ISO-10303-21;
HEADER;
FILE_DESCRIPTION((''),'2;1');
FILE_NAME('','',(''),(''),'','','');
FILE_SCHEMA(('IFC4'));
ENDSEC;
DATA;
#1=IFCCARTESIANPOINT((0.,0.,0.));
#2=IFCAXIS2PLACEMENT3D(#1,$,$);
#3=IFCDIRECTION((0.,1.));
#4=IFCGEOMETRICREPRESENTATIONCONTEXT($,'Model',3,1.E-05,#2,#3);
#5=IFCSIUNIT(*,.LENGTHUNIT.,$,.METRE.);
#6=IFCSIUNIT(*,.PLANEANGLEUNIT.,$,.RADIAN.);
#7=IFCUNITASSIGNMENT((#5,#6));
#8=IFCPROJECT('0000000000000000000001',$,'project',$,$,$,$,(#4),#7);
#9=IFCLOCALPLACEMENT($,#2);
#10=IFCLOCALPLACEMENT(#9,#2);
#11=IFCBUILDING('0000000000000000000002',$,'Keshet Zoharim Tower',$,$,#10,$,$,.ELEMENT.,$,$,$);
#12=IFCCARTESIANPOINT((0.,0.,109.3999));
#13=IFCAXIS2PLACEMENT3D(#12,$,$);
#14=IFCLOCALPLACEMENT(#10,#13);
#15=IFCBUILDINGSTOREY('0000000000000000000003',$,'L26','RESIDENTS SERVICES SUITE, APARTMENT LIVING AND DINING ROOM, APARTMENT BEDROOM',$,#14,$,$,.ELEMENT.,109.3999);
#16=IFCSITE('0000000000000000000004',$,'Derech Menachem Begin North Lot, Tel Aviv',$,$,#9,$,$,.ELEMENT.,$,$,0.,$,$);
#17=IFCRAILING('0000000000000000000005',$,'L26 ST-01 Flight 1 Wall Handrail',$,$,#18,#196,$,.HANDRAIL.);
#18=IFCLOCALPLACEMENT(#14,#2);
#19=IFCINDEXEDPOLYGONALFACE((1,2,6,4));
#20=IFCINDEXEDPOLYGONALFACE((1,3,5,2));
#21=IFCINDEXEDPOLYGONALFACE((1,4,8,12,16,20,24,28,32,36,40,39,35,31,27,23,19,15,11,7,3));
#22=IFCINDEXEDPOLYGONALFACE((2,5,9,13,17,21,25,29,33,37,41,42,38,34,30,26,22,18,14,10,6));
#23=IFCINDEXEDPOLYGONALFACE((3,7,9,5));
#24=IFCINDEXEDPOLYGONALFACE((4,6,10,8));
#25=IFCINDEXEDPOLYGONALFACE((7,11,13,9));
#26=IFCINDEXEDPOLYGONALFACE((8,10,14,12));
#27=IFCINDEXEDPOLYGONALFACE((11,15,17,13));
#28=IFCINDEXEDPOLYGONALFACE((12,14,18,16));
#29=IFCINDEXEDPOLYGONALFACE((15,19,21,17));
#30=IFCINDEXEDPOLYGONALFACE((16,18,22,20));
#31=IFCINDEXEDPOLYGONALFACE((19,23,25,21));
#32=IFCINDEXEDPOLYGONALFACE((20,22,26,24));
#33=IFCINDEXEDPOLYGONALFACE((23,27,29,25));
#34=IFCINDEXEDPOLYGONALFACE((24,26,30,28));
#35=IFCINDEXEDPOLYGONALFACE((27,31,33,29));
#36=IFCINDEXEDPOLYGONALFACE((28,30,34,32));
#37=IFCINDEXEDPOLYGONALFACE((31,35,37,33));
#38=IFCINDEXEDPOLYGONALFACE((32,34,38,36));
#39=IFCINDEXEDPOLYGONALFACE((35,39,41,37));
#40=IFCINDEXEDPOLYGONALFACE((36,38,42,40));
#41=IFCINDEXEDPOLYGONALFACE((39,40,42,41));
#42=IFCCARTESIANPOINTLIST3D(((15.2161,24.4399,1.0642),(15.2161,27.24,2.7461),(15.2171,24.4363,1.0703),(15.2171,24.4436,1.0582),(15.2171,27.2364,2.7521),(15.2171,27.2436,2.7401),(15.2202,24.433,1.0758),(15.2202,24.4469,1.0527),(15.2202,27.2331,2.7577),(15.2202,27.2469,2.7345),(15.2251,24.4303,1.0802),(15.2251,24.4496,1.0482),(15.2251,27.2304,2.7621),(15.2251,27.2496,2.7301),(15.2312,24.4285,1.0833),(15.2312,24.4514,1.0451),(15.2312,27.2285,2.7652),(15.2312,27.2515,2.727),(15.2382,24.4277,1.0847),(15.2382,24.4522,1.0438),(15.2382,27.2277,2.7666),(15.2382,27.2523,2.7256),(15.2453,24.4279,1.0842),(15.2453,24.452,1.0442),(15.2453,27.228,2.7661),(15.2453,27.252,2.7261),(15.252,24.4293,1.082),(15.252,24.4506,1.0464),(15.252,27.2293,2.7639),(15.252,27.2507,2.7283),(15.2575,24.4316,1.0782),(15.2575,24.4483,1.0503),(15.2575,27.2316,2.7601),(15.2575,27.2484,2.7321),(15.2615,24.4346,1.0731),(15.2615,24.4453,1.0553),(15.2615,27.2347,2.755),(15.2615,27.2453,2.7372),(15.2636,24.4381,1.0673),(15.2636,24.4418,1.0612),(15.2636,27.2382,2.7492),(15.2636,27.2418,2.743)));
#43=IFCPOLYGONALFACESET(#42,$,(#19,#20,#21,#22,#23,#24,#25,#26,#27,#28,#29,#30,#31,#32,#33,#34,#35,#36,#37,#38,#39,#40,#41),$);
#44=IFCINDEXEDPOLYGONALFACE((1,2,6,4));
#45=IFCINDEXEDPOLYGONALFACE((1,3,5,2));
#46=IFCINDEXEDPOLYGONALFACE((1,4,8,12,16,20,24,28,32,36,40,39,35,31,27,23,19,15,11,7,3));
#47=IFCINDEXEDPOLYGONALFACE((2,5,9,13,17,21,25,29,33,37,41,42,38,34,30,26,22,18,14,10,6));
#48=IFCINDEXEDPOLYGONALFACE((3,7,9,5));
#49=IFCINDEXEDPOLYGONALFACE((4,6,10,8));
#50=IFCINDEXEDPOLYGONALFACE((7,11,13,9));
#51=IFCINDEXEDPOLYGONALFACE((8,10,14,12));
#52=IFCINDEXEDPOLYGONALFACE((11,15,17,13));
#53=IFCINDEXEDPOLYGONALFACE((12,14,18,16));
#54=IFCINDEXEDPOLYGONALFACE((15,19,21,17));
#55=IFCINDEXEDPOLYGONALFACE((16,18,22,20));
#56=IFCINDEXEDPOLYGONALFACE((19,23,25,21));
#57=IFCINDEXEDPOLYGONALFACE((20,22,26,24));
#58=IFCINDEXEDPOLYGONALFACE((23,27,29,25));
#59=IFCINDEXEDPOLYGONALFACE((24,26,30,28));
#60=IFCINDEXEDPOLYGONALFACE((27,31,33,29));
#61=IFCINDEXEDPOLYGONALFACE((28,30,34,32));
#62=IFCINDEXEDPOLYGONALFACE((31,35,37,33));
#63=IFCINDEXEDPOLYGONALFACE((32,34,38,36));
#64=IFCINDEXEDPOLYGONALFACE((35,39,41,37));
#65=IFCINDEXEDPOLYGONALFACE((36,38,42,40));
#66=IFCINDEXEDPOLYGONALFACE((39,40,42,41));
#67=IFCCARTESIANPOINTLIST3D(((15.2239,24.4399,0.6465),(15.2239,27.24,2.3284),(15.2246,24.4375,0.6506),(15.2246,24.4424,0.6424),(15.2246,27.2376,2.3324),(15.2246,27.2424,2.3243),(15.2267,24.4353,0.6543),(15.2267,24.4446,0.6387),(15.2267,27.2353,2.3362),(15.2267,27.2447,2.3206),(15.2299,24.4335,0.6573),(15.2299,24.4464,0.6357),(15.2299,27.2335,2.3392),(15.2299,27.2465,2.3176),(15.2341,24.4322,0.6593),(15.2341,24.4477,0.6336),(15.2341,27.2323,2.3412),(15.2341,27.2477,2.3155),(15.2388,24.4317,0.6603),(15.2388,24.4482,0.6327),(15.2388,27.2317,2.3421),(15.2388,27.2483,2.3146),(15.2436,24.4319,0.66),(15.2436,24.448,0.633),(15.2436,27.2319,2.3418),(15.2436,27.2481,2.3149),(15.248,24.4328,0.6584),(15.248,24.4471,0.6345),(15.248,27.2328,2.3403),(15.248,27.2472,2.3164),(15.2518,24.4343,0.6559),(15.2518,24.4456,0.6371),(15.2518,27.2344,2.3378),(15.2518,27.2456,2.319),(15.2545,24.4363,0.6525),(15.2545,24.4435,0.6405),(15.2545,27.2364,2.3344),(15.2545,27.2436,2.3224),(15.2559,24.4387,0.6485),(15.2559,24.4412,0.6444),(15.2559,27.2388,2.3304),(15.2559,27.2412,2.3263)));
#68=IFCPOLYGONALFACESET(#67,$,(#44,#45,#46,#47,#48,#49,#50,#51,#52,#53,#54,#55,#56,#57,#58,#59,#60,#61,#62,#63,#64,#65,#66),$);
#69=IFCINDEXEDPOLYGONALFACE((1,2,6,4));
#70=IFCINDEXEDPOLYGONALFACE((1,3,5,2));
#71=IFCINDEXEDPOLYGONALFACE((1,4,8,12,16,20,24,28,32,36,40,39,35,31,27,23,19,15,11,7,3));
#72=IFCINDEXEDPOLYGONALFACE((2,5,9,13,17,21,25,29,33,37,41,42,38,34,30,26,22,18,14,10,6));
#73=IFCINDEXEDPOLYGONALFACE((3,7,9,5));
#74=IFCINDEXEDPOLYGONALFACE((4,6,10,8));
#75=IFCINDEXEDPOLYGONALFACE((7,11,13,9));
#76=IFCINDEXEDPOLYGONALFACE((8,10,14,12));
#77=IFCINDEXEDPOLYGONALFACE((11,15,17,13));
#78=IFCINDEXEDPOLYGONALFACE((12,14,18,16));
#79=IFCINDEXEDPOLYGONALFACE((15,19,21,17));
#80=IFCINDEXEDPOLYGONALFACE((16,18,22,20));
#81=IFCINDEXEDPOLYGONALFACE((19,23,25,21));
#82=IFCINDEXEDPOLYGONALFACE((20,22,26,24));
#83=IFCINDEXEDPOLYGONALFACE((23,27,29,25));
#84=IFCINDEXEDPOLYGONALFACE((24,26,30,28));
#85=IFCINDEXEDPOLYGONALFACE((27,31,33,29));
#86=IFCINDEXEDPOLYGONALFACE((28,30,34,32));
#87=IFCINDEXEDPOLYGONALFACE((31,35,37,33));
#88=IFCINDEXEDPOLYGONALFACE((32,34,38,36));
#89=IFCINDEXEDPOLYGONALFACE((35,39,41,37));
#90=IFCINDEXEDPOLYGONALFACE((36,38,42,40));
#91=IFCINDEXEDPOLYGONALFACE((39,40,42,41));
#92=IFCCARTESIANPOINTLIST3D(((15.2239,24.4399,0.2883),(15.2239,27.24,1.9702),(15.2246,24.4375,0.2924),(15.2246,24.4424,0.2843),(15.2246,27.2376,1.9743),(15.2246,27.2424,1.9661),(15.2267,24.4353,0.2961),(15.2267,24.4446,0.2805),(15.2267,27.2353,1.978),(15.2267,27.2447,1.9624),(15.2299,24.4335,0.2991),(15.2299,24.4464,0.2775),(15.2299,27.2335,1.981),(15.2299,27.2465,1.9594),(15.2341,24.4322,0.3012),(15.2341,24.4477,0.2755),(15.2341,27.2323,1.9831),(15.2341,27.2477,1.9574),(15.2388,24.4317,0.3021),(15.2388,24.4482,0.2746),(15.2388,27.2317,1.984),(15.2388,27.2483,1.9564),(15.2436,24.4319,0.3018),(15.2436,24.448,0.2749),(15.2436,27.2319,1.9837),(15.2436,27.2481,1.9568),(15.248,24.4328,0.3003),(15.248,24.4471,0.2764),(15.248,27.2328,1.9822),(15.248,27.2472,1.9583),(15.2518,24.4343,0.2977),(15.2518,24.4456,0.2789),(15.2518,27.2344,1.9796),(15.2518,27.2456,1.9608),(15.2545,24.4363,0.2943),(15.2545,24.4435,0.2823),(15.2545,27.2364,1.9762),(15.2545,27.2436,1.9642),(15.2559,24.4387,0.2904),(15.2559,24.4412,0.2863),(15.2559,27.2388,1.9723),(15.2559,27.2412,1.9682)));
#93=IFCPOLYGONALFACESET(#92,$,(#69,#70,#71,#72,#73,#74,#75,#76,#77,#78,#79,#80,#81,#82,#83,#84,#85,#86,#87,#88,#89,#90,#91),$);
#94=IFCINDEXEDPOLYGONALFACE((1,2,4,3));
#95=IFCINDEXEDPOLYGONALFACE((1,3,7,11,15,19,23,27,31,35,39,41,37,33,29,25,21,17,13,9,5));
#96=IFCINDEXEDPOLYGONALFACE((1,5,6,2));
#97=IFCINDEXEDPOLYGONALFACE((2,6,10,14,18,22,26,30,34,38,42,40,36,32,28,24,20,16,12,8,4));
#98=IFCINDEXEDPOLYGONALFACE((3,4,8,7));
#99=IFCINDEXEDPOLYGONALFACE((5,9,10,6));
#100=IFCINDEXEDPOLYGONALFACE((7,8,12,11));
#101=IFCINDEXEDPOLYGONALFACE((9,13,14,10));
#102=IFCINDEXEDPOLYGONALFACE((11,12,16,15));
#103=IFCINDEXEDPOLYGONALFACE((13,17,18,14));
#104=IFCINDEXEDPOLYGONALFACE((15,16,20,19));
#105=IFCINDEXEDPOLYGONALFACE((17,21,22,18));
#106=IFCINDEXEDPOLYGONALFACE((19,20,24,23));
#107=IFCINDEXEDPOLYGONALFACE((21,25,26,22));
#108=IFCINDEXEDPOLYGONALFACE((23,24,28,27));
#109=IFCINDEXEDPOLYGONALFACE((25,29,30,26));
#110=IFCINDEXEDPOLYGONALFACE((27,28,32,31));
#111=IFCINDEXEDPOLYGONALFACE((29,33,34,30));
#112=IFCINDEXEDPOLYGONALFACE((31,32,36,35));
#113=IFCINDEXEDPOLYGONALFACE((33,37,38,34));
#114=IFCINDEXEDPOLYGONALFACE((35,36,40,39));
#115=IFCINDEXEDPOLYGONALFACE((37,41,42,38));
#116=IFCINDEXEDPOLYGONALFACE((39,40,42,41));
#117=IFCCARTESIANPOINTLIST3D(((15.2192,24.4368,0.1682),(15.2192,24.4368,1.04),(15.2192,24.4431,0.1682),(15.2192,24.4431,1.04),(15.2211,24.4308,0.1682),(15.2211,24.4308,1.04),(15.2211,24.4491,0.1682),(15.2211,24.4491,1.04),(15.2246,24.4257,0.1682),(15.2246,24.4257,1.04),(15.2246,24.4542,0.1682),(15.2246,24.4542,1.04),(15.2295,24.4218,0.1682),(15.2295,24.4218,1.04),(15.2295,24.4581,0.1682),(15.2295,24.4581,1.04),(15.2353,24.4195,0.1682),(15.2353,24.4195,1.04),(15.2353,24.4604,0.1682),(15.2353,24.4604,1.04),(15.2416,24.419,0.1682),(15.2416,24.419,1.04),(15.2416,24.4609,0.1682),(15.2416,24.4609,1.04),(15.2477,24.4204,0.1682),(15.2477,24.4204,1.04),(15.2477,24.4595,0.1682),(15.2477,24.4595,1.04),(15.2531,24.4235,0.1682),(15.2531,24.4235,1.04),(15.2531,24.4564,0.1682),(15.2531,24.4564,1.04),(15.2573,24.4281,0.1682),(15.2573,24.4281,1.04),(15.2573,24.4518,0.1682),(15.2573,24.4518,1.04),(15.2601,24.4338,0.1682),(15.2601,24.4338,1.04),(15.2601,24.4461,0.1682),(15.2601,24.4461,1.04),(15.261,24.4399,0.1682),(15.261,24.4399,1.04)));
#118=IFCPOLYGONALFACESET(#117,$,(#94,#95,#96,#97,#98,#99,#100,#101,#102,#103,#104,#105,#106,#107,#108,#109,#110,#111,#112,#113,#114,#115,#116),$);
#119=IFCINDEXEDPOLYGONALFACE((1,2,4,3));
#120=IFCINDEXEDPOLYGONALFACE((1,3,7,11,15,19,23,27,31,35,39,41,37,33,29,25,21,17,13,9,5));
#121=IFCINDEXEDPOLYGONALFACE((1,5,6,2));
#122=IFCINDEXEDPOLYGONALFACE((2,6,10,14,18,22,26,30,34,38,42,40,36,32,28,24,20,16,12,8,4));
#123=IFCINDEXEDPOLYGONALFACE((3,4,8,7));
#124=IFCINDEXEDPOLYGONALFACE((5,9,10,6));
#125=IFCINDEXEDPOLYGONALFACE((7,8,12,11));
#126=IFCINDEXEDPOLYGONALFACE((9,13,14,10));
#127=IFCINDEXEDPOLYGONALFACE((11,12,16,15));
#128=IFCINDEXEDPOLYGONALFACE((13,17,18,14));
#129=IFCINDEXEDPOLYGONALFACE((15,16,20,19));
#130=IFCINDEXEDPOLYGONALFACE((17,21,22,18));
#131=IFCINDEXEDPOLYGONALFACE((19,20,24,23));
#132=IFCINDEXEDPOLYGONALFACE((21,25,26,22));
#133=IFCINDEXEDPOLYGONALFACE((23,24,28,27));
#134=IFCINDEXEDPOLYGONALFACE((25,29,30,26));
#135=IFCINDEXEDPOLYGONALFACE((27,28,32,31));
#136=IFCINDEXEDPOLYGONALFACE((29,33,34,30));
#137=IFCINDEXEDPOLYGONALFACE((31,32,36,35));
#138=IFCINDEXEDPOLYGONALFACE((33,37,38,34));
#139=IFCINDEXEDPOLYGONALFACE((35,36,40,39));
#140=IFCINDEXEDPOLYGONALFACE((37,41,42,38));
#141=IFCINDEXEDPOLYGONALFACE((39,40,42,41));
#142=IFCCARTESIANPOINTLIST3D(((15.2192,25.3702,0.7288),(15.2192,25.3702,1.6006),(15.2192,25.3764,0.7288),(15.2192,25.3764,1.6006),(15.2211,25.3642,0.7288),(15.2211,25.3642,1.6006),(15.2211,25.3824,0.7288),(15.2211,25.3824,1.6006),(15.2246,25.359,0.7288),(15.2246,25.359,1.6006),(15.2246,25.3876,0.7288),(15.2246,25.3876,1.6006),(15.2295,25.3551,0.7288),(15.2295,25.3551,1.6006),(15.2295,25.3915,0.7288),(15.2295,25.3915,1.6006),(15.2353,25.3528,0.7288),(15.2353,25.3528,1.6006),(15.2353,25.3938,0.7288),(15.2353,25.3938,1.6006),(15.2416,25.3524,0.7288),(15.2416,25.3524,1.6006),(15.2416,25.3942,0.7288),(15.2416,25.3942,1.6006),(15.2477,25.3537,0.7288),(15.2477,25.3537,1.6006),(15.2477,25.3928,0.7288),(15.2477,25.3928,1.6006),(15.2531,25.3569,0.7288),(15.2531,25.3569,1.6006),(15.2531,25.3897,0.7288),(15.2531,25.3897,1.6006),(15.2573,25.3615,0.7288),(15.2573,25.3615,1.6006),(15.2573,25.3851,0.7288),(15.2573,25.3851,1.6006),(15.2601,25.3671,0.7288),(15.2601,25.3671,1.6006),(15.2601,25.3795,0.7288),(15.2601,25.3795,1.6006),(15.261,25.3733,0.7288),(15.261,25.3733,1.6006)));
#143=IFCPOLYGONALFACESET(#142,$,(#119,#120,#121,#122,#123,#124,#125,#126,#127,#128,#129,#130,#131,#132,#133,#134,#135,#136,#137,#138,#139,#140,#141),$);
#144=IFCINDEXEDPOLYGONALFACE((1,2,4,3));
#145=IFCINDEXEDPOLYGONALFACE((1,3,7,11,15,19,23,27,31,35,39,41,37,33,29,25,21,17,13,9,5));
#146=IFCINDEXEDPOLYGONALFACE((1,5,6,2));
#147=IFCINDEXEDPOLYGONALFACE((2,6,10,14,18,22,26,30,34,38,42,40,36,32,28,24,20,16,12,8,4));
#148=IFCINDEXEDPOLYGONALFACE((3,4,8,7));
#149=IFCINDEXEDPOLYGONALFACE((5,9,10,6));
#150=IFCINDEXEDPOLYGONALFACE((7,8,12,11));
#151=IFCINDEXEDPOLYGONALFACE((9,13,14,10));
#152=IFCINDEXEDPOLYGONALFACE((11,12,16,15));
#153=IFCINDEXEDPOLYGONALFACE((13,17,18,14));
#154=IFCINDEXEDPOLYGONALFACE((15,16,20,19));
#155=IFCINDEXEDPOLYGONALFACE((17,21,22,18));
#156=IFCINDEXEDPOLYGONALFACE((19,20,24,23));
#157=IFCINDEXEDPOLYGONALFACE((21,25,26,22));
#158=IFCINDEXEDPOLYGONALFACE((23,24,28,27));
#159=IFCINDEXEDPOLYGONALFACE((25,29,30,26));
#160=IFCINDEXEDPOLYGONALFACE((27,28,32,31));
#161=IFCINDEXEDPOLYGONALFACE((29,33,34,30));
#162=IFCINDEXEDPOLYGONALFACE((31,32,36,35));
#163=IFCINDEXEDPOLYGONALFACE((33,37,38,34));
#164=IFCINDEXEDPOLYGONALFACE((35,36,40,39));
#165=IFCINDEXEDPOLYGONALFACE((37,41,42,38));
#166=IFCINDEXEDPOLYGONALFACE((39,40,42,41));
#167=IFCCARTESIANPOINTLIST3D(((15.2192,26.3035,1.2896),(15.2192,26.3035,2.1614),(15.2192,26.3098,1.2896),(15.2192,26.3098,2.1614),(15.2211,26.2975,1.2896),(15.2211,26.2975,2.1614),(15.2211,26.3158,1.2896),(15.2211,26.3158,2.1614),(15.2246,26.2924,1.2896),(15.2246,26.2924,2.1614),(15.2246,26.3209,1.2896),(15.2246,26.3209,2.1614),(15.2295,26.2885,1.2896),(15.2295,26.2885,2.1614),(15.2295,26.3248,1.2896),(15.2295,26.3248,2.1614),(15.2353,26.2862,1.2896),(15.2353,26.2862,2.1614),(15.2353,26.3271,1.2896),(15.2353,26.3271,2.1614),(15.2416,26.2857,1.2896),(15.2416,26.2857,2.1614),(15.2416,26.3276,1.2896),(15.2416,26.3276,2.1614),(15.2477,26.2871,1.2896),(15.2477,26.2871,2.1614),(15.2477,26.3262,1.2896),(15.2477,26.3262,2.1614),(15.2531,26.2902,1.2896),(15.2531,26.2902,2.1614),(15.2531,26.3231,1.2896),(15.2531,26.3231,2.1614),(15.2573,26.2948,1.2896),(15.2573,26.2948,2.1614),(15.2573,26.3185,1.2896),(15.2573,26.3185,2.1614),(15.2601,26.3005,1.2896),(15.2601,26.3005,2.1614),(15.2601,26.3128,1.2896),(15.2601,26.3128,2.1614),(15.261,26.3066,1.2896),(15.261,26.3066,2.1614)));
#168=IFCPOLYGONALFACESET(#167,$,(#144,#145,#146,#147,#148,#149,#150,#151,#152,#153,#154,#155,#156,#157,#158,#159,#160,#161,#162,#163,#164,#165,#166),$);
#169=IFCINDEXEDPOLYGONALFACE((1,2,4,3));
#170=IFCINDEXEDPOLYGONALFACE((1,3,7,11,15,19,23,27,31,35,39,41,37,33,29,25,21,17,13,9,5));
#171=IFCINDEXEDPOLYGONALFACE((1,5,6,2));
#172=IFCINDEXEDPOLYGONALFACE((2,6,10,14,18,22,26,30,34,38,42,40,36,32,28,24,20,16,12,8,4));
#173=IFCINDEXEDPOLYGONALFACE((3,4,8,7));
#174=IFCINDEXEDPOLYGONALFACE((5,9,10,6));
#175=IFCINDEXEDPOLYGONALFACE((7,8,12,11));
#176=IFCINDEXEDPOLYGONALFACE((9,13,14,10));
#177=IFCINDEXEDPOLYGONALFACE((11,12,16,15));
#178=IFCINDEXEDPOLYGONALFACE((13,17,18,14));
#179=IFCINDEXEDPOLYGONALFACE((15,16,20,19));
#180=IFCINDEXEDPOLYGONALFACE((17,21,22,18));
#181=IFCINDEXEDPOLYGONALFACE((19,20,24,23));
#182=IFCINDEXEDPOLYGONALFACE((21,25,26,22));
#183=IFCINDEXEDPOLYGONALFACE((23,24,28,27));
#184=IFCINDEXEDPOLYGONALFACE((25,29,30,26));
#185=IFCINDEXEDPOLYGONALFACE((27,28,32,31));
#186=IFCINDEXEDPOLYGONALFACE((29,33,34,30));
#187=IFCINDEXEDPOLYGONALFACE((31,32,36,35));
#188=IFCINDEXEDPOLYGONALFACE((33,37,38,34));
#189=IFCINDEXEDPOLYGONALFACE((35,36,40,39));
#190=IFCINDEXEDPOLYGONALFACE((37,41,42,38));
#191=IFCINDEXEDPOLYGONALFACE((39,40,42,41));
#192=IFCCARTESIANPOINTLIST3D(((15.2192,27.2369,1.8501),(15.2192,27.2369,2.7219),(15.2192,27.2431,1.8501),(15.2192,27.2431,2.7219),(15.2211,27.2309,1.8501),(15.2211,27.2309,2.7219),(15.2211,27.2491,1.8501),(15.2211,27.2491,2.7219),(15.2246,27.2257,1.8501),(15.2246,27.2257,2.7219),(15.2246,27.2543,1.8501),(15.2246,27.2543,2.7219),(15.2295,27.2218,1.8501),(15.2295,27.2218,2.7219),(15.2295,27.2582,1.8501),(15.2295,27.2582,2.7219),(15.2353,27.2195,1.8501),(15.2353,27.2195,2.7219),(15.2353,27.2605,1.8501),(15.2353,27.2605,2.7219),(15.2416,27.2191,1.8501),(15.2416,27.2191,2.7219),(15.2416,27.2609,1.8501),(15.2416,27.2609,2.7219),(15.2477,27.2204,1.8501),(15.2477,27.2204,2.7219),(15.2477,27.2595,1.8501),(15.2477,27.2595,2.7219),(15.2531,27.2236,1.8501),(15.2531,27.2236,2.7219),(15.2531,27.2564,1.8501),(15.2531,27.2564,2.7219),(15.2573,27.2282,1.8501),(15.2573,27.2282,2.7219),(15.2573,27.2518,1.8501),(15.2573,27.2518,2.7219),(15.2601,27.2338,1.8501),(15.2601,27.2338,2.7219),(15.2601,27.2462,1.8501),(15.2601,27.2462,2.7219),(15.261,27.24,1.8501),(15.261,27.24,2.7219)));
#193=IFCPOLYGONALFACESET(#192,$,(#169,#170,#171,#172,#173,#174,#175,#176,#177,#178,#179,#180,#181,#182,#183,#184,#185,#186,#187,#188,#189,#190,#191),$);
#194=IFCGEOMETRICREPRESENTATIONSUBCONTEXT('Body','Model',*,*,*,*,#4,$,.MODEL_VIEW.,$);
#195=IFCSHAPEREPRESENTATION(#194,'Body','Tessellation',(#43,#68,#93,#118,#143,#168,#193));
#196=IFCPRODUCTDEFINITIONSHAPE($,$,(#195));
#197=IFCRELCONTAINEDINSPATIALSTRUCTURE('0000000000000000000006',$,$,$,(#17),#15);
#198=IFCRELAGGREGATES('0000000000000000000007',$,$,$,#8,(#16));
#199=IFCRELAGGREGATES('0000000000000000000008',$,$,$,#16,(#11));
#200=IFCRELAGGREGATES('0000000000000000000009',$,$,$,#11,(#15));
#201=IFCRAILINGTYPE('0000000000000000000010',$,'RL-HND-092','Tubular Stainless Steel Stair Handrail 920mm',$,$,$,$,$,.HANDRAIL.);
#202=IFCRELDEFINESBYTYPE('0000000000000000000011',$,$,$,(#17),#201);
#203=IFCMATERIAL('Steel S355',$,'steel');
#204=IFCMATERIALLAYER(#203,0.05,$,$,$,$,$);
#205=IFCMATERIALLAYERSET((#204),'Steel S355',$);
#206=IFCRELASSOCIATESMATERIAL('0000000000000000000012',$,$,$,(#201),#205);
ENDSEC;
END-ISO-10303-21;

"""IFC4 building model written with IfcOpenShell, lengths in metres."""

from ifc_helpers import new_model, si_unit, direction, frame, origin, origin_2d, place, context, subcontext, project, spatial, circle, extrude, material, layer, layer_set, type_object, element, save


model = new_model("IFC4")

# Units and contexts
model_context = context("Model", 3, precision=1e-05, world=origin(), true_north=direction((0.0, 1.0)))
body_context = subcontext(model_context, "Body", "Model", "MODEL_VIEW")
ifc_project = project(units=[si_unit("LENGTHUNIT", "METRE"), si_unit("PLANEANGLEUNIT", "RADIAN")], contexts=[model_context])

# Site, building, storey
site_placement = place(None, origin())
site = spatial("IfcSite", under=ifc_project, at=site_placement, Name="Derech Menachem Begin North Lot, Tel Aviv", CompositionType="ELEMENT", RefElevation=0.0)
building_placement = place(site_placement, origin())
building = spatial("IfcBuilding", under=site, at=building_placement, Name="Keshet Zoharim Tower", CompositionType="ELEMENT")
storey_placement = place(building_placement, frame((0.0, 0.0, 109.3999)))
storey = spatial("IfcBuildingStorey", under=building, at=storey_placement, Name="L26", Description="RESIDENTS SERVICES SUITE, APARTMENT LIVING AND DINING ROOM, APARTMENT BEDROOM", CompositionType="ELEMENT", Elevation=109.3999)

# Railing
ifc_material_1 = material(Name="Steel S355", Category="steel")
ifc_layer_1 = layer(ifc_material_1, 0.05)
ifc_layer_set_1 = layer_set([ifc_layer_1], Name="Steel S355")
railing_type_1 = type_object("IfcRailingType", Name="RL-HND-092", Description="Tubular Stainless Steel Stair Handrail 920mm", PredefinedType="HANDRAIL", material=ifc_layer_set_1)
railing_1_placement = place(storey_placement, frame((15.24, 24.4399, 0.1682)))
element("IfcRailing", 1, at=railing_1_placement, inside=storey, type_object=railing_type_1, Name="L26 ST-01 Flight 1 Wall Handrail", PredefinedType="HANDRAIL", context=body_context, shape_type="SweptSolid", body=[
    extrude(circle(Radius=0.0239, at=origin_2d()), frame((0.0, 0.0, 0.896), z_axis=(0.0, 0.857242, 0.514913), x_axis=(-1.0, 0.0, 0.0)), (0.0, 0.0, 1.0), 3.2664),
    extrude(circle(Radius=0.0161, at=origin_2d()), frame((0.0, 0.0, 0.4783), z_axis=(0.0, 0.857242, 0.514913), x_axis=(-1.0, 0.0, 0.0)), (0.0, 0.0, 1.0), 3.2664),
    extrude(circle(Radius=0.0161, at=origin_2d()), frame((0.0, 0.0, 0.1201), z_axis=(0.0, 0.857242, 0.514913), x_axis=(-1.0, 0.0, 0.0)), (0.0, 0.0, 1.0), 3.2664),
    extrude(circle(Radius=0.021, at=origin_2d()), origin(), (0.0, 0.0, 1.0), 0.8718),
    extrude(circle(Radius=0.021, at=origin_2d()), frame((0.0, 0.9333, 0.5605)), (0.0, 0.0, 1.0), 0.8718),
    extrude(circle(Radius=0.021, at=origin_2d()), frame((0.0, 1.8667, 1.1213)), (0.0, 0.0, 1.0), 0.8718),
    extrude(circle(Radius=0.021, at=origin_2d()), frame((0.0, 2.8, 1.6819)), (0.0, 0.0, 1.0), 0.8718),
])

save(model, "model.ifc")
